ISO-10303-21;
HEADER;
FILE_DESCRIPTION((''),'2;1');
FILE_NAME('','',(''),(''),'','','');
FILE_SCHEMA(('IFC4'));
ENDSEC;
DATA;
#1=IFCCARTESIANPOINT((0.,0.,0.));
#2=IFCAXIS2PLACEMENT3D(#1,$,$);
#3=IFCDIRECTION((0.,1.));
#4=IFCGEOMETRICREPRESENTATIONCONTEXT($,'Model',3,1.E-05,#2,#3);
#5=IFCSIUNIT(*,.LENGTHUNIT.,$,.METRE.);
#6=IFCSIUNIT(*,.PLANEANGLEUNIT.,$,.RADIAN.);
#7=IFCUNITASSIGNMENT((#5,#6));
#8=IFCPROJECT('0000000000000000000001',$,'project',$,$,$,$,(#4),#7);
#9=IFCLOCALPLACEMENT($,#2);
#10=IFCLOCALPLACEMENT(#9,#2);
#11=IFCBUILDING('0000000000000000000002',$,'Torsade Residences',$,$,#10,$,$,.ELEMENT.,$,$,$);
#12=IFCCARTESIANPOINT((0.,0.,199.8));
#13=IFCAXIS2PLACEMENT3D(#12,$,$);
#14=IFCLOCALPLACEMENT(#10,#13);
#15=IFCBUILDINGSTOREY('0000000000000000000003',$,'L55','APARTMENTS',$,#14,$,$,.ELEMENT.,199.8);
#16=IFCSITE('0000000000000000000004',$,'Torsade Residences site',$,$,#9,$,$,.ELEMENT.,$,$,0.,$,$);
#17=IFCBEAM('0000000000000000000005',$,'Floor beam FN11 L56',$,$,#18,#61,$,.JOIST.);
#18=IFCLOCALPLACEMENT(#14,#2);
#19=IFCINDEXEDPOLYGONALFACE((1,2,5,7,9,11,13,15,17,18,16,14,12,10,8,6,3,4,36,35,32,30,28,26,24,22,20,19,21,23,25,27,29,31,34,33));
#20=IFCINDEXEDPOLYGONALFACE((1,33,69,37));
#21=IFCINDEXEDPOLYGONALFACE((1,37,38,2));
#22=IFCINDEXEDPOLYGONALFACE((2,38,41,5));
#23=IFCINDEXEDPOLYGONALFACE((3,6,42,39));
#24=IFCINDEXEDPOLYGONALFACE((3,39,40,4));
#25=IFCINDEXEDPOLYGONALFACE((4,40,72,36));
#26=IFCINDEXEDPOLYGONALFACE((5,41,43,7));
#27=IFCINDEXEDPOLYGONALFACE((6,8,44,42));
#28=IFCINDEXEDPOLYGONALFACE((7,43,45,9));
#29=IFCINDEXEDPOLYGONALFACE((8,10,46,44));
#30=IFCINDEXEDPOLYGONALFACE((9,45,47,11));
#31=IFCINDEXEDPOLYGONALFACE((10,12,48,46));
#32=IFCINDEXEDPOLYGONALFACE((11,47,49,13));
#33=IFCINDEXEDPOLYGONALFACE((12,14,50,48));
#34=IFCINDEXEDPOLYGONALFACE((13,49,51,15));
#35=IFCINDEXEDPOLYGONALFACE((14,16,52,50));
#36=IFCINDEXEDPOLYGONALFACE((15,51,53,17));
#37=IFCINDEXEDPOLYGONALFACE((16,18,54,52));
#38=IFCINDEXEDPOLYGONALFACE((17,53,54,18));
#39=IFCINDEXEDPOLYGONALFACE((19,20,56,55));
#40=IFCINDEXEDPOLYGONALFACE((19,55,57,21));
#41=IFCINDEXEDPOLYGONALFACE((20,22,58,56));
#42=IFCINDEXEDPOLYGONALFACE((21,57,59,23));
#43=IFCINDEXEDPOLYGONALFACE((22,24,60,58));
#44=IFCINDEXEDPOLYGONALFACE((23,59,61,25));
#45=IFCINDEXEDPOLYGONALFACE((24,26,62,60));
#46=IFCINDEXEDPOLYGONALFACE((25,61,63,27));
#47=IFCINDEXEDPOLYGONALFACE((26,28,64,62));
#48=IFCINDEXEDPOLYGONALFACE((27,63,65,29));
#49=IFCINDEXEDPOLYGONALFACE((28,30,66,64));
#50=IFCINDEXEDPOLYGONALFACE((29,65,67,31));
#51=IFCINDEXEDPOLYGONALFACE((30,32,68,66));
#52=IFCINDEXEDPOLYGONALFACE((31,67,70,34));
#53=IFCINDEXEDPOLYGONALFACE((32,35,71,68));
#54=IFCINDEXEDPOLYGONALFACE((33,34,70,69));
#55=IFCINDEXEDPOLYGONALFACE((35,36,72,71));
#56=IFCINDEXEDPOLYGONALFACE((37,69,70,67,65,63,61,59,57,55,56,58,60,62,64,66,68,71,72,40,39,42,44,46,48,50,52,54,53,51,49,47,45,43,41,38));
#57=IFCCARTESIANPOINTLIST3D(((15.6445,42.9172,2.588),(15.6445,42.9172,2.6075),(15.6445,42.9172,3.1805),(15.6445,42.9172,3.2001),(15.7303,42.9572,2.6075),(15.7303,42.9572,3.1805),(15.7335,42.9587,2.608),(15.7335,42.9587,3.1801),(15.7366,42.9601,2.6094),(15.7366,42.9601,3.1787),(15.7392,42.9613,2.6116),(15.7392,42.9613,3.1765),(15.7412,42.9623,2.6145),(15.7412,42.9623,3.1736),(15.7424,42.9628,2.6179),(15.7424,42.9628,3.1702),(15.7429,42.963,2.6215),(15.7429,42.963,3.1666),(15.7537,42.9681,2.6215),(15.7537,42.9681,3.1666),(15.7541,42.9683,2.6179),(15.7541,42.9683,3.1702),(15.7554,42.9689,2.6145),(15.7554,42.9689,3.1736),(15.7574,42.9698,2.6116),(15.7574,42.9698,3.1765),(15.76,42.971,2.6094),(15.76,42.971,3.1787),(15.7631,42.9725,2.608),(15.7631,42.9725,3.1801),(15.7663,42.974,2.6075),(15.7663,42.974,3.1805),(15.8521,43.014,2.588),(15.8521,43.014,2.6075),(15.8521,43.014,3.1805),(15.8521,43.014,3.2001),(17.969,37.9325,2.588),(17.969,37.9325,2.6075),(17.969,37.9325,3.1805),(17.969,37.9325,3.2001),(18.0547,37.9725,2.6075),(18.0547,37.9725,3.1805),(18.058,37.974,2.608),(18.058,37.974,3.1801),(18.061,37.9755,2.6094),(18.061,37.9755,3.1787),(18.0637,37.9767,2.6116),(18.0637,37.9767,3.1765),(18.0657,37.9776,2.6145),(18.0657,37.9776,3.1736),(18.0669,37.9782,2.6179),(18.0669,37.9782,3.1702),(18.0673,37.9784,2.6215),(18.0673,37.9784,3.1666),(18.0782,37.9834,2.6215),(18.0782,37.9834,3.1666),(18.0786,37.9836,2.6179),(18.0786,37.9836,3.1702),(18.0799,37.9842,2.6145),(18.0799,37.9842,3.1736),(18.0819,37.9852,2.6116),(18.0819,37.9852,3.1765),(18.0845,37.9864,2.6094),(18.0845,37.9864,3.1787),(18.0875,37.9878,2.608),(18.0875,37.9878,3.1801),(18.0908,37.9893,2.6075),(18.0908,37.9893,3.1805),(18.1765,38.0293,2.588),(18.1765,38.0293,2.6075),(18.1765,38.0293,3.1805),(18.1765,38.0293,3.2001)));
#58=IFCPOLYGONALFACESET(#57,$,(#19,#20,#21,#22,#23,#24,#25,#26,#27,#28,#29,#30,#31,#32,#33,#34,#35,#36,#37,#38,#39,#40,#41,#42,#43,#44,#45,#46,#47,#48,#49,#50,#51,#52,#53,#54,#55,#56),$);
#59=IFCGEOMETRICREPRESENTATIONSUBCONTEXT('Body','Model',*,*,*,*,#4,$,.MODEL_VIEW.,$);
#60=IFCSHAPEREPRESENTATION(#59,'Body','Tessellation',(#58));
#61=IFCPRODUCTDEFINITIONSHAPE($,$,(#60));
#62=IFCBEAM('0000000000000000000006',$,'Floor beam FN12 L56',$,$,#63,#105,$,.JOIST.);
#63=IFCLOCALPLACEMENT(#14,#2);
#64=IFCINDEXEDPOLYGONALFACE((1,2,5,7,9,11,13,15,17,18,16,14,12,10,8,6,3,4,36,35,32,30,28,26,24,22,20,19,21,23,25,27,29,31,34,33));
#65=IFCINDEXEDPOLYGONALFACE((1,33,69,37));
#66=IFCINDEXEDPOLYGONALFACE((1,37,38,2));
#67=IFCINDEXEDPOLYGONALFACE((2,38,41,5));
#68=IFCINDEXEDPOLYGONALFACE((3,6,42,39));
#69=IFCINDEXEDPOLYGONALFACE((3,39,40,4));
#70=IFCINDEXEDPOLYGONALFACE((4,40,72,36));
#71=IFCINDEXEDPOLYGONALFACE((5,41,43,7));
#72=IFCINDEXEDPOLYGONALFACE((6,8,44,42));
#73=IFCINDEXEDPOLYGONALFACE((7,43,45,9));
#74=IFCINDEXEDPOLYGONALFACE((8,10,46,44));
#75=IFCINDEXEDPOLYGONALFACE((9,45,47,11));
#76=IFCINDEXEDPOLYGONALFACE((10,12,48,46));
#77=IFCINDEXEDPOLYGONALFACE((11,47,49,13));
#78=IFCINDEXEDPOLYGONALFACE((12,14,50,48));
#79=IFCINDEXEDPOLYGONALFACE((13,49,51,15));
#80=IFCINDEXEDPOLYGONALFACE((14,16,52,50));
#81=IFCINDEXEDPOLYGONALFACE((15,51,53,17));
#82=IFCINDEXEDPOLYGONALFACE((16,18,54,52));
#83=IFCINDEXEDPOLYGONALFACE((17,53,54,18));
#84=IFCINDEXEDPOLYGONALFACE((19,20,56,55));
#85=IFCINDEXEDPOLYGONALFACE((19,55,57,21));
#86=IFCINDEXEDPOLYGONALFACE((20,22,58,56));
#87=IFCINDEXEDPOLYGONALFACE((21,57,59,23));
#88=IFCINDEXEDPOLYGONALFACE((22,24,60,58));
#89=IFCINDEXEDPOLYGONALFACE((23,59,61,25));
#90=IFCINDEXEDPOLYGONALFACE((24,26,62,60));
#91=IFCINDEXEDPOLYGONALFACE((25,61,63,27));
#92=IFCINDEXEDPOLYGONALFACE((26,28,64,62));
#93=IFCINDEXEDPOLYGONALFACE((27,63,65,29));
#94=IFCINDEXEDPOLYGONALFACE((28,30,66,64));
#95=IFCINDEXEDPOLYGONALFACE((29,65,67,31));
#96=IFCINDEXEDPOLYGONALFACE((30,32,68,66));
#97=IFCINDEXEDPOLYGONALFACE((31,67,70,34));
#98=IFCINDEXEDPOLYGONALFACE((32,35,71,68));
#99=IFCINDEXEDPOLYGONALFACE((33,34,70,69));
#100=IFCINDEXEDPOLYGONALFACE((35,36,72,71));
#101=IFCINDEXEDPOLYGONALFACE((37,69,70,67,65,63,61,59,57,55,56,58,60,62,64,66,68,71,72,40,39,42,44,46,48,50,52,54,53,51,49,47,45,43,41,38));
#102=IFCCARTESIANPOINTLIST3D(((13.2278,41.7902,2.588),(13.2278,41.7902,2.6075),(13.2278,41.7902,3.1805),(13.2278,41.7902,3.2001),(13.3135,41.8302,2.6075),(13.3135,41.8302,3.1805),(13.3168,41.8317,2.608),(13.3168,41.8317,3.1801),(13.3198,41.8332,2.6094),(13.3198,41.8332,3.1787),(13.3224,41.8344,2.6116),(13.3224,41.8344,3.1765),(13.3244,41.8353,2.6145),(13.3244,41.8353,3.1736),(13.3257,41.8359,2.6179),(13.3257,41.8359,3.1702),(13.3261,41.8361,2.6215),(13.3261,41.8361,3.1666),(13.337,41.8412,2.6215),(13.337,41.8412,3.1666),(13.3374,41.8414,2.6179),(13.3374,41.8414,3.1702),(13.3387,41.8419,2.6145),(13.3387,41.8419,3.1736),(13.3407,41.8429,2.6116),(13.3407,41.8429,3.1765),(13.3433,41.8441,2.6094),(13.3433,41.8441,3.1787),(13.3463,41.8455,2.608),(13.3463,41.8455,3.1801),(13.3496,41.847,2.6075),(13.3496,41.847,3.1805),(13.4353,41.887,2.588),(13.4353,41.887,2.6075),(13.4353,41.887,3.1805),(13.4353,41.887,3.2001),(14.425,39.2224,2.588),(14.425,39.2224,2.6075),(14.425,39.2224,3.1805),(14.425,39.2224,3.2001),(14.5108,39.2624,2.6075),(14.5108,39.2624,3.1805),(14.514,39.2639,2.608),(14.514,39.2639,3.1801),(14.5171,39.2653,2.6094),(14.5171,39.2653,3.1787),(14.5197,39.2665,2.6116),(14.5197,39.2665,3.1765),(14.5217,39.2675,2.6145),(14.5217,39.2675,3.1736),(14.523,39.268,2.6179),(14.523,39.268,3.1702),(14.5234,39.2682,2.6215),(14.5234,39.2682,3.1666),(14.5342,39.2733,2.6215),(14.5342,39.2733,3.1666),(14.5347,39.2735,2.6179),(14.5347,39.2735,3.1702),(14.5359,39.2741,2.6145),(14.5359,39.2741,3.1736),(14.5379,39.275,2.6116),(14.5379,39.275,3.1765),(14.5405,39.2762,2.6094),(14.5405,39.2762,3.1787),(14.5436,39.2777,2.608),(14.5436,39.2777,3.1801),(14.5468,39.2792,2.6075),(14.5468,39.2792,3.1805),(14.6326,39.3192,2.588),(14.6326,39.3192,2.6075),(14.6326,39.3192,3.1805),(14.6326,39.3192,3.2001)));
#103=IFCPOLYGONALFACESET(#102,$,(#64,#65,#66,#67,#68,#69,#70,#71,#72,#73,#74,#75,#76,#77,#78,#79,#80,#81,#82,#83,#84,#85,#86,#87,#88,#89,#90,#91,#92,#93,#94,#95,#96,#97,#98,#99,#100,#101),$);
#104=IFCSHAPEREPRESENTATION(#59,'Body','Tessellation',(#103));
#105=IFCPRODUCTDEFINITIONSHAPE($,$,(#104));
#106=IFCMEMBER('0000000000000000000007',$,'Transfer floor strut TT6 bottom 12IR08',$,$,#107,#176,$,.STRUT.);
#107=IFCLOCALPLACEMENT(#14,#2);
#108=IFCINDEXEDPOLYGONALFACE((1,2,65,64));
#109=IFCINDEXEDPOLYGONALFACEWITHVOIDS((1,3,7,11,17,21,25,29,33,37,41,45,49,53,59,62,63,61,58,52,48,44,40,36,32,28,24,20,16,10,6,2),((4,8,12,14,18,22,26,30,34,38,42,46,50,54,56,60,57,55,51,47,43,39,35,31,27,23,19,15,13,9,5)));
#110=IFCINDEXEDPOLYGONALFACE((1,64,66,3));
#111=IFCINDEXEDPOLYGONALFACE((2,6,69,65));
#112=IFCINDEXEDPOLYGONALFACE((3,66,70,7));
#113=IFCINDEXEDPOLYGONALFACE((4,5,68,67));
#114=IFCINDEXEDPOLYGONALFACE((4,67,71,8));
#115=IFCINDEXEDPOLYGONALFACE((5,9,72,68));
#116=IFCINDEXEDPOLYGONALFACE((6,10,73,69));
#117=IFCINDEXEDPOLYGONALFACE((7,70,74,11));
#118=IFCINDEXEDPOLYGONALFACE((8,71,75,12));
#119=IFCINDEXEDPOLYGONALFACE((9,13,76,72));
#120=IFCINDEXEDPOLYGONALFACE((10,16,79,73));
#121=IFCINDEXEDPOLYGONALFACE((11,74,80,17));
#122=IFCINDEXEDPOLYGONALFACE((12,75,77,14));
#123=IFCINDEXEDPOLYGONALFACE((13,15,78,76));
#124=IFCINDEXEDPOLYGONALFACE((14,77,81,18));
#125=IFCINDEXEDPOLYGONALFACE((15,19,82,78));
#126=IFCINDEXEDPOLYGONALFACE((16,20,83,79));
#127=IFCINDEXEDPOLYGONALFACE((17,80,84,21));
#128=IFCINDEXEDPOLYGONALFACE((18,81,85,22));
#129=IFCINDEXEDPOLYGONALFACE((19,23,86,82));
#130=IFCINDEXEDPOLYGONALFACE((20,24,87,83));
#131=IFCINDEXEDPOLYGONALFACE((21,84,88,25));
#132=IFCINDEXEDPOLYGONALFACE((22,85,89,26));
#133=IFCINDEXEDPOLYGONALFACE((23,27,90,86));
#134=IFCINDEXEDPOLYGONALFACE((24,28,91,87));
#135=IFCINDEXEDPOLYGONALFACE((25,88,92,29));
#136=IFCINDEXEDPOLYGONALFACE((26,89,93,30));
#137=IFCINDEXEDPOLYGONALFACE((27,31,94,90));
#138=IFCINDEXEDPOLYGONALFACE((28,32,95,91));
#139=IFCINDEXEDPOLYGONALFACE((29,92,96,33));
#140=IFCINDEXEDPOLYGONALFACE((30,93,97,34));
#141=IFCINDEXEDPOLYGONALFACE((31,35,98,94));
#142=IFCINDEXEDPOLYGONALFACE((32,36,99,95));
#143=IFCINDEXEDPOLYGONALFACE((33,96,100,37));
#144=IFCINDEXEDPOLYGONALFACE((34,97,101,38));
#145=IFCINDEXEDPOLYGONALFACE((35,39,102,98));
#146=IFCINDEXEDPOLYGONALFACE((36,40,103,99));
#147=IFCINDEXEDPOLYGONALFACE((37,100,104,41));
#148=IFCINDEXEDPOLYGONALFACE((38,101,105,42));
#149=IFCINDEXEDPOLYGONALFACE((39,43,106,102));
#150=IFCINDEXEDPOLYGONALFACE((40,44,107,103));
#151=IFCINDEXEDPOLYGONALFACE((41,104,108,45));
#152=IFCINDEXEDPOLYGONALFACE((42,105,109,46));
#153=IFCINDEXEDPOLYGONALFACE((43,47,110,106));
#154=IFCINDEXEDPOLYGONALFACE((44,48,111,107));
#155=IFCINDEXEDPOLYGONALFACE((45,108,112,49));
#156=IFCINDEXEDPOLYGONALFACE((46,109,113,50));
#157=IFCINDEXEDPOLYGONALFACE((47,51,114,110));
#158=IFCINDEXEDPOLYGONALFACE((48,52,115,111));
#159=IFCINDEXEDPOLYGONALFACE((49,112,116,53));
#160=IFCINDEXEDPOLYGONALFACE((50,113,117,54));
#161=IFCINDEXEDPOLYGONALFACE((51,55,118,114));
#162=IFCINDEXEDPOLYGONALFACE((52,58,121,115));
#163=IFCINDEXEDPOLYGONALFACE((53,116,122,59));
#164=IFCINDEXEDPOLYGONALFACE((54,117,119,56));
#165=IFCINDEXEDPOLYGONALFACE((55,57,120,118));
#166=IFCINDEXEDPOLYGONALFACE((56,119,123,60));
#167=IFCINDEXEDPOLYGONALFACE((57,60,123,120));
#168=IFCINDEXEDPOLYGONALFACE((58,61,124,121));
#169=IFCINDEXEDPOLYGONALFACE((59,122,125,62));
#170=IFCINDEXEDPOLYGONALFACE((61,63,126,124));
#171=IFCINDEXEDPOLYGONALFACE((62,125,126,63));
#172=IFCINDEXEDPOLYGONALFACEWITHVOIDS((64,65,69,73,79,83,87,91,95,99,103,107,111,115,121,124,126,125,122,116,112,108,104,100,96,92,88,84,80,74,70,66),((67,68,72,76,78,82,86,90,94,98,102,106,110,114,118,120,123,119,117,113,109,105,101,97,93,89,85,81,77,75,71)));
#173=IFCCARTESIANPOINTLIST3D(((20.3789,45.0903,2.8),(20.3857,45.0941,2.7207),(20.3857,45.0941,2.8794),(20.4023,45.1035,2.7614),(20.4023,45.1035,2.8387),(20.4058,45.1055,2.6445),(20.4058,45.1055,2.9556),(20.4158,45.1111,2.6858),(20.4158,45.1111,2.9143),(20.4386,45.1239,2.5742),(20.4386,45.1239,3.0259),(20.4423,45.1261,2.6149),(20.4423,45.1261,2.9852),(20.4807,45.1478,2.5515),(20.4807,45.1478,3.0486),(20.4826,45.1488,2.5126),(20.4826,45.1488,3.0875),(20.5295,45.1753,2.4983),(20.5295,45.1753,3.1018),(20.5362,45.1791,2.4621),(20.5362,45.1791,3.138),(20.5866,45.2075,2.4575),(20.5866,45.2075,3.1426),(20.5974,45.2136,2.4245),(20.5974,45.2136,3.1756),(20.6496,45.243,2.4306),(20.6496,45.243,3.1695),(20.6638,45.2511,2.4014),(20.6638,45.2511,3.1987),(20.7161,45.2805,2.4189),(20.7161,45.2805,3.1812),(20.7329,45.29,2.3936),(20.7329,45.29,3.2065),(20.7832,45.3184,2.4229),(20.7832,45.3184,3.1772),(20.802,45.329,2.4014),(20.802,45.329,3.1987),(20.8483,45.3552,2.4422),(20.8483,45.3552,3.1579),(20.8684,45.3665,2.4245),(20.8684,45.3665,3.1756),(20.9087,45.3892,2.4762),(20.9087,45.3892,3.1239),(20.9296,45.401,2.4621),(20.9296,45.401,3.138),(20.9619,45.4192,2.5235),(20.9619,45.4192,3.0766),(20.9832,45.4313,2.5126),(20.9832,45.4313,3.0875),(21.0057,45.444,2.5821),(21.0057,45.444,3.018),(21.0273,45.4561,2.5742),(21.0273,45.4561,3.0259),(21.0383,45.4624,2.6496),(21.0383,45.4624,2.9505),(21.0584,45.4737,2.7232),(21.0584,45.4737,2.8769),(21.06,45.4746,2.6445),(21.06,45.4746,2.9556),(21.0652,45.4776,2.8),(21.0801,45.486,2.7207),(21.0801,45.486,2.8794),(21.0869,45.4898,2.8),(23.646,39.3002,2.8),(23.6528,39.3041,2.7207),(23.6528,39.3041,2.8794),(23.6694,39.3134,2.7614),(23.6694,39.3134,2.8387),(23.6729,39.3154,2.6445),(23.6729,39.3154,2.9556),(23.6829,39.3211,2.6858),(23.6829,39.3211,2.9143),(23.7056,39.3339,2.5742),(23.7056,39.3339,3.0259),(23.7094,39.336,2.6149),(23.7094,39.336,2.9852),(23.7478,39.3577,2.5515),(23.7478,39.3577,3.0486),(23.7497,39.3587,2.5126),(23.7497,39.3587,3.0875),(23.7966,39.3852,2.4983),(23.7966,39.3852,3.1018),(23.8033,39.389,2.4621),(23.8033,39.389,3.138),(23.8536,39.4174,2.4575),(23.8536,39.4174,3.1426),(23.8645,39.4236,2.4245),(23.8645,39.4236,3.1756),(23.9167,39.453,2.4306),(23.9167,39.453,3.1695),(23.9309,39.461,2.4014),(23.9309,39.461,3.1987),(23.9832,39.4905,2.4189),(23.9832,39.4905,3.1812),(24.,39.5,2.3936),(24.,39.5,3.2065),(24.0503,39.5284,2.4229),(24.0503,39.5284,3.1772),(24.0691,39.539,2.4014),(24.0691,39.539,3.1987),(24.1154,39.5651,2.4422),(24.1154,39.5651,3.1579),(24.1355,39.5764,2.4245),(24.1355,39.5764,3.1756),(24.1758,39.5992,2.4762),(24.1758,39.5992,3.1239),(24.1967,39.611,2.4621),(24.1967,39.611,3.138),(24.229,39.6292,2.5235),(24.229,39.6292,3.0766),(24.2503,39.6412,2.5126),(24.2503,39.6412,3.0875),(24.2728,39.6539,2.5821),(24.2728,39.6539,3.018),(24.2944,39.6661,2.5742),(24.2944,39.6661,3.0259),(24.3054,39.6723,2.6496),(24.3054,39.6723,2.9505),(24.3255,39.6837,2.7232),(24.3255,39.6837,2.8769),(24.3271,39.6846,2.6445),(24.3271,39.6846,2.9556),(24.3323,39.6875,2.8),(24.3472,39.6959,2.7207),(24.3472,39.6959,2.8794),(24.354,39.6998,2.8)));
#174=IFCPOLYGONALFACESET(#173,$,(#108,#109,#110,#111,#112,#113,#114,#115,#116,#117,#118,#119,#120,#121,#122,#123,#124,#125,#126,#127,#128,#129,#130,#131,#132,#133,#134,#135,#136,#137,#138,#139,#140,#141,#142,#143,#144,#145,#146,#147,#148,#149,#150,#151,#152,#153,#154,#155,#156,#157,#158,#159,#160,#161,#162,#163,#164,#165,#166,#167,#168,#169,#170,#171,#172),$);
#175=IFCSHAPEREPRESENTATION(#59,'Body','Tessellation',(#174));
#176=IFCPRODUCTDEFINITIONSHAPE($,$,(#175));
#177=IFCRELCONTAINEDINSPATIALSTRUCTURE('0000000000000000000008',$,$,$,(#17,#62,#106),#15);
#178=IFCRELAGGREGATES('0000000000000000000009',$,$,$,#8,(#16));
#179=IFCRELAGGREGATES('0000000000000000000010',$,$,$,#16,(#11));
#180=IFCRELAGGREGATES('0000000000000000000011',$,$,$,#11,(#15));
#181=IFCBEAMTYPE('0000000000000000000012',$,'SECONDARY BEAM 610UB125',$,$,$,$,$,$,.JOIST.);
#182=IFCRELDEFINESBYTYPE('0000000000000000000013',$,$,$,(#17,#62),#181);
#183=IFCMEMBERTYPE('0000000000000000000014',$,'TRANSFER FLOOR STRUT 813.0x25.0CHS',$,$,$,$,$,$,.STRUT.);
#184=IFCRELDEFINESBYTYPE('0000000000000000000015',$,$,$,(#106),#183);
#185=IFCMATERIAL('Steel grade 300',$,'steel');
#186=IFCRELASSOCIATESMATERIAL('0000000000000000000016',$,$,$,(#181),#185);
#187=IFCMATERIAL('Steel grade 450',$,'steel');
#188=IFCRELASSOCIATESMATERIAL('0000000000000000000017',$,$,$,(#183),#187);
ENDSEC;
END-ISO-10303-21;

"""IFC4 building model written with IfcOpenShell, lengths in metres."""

from ifc_helpers import new_model, si_unit, direction, frame, origin, origin_2d, place, context, subcontext, project, spatial, hollow_circle, i_section, extrude, material, material_profile, profile_set, type_object, element, save


model = new_model("IFC4")

# Units and contexts
model_context = context("Model", 3, precision=1e-05, world=origin(), true_north=direction((0.0, 1.0)))
body_context = subcontext(model_context, "Body", "Model", "MODEL_VIEW")
ifc_project = project(units=[si_unit("LENGTHUNIT", "METRE"), si_unit("PLANEANGLEUNIT", "RADIAN")], contexts=[model_context])

# Site, building, storey
site_placement = place(None, origin())
site = spatial("IfcSite", under=ifc_project, at=site_placement, Name="Torsade Residences site", CompositionType="ELEMENT", RefElevation=0.0)
building_placement = place(site_placement, origin())
building = spatial("IfcBuilding", under=site, at=building_placement, Name="Torsade Residences", CompositionType="ELEMENT")
storey_placement = place(building_placement, frame((0.0, 0.0, 199.8)))
storey = spatial("IfcBuildingStorey", under=building, at=storey_placement, Name="L55", Description="APARTMENTS", CompositionType="ELEMENT", Elevation=199.8)

# Beams
ifc_material_1 = material(Name="Steel grade 300", Category="steel")
ifc_material_profile_1 = material_profile(ifc_material_1, i_section(OverallWidth=0.229, OverallDepth=0.6121, WebThickness=0.012, FlangeThickness=0.0195, FilletRadius=0.0139, at=origin_2d()), Name="610UB125")
ifc_profile_set_1 = profile_set([ifc_material_profile_1], Name="Steel grade 300")
beam_type_1 = type_object("IfcBeamType", Name="SECONDARY BEAM 610UB125", PredefinedType="JOIST", material=ifc_profile_set_1)
beam_1_placement = place(storey_placement, frame((15.7483, 42.9656, 2.894), z_axis=(0.422633, -0.906301, 0.0), x_axis=(0.906301, 0.422633, 0.0)))
element("IfcBeam", 1, at=beam_1_placement, inside=storey, type_object=beam_type_1, Name="Floor beam FN11 L56", PredefinedType="JOIST", context=body_context, shape_type="SweptSolid", body=[
    extrude(i_section(OverallWidth=0.229, OverallDepth=0.6121, WebThickness=0.012, FlangeThickness=0.0195, FilletRadius=0.0139, at=origin_2d()), origin(), (0.0, 0.0, 1.0), 5.5),
])
beam_2_placement = place(storey_placement, frame((13.3315, 41.8386, 2.894), z_axis=(0.422574, -0.906328, 0.0), x_axis=(0.906328, 0.422574, 0.0)))
element("IfcBeam", 2, at=beam_2_placement, inside=storey, type_object=beam_type_1, Name="Floor beam FN12 L56", PredefinedType="JOIST", context=body_context, shape_type="SweptSolid", body=[
    extrude(i_section(OverallWidth=0.229, OverallDepth=0.6121, WebThickness=0.012, FlangeThickness=0.0195, FilletRadius=0.0139, at=origin_2d()), origin(), (0.0, 0.0, 1.0), 2.8333),
])

# Member
ifc_material_2 = material(Name="Steel grade 450", Category="steel")
ifc_material_profile_2 = material_profile(ifc_material_2, hollow_circle(Radius=0.4065, WallThickness=0.0249, at=origin_2d()), Name="813.0x25.0CHS")
ifc_profile_set_2 = profile_set([ifc_material_profile_2], Name="Steel grade 450")
member_type_1 = type_object("IfcMemberType", Name="TRANSFER FLOOR STRUT 813.0x25.0CHS", PredefinedType="STRUT", material=ifc_profile_set_2)
member_1_placement = place(storey_placement, frame((20.7329, 45.29, 2.8), z_axis=(0.491425, -0.87092, 0.0), x_axis=(0.87092, 0.491425, 0.0)))
element("IfcMember", 3, at=member_1_placement, inside=storey, type_object=member_type_1, Name="Transfer floor strut TT6 bottom 12IR08", PredefinedType="STRUT", context=body_context, shape_type="SweptSolid", body=[
    extrude(hollow_circle(Radius=0.4065, WallThickness=0.0249, at=origin_2d()), origin(), (0.0, 0.0, 1.0), 6.6482),
])

save(model, "model.ifc")
